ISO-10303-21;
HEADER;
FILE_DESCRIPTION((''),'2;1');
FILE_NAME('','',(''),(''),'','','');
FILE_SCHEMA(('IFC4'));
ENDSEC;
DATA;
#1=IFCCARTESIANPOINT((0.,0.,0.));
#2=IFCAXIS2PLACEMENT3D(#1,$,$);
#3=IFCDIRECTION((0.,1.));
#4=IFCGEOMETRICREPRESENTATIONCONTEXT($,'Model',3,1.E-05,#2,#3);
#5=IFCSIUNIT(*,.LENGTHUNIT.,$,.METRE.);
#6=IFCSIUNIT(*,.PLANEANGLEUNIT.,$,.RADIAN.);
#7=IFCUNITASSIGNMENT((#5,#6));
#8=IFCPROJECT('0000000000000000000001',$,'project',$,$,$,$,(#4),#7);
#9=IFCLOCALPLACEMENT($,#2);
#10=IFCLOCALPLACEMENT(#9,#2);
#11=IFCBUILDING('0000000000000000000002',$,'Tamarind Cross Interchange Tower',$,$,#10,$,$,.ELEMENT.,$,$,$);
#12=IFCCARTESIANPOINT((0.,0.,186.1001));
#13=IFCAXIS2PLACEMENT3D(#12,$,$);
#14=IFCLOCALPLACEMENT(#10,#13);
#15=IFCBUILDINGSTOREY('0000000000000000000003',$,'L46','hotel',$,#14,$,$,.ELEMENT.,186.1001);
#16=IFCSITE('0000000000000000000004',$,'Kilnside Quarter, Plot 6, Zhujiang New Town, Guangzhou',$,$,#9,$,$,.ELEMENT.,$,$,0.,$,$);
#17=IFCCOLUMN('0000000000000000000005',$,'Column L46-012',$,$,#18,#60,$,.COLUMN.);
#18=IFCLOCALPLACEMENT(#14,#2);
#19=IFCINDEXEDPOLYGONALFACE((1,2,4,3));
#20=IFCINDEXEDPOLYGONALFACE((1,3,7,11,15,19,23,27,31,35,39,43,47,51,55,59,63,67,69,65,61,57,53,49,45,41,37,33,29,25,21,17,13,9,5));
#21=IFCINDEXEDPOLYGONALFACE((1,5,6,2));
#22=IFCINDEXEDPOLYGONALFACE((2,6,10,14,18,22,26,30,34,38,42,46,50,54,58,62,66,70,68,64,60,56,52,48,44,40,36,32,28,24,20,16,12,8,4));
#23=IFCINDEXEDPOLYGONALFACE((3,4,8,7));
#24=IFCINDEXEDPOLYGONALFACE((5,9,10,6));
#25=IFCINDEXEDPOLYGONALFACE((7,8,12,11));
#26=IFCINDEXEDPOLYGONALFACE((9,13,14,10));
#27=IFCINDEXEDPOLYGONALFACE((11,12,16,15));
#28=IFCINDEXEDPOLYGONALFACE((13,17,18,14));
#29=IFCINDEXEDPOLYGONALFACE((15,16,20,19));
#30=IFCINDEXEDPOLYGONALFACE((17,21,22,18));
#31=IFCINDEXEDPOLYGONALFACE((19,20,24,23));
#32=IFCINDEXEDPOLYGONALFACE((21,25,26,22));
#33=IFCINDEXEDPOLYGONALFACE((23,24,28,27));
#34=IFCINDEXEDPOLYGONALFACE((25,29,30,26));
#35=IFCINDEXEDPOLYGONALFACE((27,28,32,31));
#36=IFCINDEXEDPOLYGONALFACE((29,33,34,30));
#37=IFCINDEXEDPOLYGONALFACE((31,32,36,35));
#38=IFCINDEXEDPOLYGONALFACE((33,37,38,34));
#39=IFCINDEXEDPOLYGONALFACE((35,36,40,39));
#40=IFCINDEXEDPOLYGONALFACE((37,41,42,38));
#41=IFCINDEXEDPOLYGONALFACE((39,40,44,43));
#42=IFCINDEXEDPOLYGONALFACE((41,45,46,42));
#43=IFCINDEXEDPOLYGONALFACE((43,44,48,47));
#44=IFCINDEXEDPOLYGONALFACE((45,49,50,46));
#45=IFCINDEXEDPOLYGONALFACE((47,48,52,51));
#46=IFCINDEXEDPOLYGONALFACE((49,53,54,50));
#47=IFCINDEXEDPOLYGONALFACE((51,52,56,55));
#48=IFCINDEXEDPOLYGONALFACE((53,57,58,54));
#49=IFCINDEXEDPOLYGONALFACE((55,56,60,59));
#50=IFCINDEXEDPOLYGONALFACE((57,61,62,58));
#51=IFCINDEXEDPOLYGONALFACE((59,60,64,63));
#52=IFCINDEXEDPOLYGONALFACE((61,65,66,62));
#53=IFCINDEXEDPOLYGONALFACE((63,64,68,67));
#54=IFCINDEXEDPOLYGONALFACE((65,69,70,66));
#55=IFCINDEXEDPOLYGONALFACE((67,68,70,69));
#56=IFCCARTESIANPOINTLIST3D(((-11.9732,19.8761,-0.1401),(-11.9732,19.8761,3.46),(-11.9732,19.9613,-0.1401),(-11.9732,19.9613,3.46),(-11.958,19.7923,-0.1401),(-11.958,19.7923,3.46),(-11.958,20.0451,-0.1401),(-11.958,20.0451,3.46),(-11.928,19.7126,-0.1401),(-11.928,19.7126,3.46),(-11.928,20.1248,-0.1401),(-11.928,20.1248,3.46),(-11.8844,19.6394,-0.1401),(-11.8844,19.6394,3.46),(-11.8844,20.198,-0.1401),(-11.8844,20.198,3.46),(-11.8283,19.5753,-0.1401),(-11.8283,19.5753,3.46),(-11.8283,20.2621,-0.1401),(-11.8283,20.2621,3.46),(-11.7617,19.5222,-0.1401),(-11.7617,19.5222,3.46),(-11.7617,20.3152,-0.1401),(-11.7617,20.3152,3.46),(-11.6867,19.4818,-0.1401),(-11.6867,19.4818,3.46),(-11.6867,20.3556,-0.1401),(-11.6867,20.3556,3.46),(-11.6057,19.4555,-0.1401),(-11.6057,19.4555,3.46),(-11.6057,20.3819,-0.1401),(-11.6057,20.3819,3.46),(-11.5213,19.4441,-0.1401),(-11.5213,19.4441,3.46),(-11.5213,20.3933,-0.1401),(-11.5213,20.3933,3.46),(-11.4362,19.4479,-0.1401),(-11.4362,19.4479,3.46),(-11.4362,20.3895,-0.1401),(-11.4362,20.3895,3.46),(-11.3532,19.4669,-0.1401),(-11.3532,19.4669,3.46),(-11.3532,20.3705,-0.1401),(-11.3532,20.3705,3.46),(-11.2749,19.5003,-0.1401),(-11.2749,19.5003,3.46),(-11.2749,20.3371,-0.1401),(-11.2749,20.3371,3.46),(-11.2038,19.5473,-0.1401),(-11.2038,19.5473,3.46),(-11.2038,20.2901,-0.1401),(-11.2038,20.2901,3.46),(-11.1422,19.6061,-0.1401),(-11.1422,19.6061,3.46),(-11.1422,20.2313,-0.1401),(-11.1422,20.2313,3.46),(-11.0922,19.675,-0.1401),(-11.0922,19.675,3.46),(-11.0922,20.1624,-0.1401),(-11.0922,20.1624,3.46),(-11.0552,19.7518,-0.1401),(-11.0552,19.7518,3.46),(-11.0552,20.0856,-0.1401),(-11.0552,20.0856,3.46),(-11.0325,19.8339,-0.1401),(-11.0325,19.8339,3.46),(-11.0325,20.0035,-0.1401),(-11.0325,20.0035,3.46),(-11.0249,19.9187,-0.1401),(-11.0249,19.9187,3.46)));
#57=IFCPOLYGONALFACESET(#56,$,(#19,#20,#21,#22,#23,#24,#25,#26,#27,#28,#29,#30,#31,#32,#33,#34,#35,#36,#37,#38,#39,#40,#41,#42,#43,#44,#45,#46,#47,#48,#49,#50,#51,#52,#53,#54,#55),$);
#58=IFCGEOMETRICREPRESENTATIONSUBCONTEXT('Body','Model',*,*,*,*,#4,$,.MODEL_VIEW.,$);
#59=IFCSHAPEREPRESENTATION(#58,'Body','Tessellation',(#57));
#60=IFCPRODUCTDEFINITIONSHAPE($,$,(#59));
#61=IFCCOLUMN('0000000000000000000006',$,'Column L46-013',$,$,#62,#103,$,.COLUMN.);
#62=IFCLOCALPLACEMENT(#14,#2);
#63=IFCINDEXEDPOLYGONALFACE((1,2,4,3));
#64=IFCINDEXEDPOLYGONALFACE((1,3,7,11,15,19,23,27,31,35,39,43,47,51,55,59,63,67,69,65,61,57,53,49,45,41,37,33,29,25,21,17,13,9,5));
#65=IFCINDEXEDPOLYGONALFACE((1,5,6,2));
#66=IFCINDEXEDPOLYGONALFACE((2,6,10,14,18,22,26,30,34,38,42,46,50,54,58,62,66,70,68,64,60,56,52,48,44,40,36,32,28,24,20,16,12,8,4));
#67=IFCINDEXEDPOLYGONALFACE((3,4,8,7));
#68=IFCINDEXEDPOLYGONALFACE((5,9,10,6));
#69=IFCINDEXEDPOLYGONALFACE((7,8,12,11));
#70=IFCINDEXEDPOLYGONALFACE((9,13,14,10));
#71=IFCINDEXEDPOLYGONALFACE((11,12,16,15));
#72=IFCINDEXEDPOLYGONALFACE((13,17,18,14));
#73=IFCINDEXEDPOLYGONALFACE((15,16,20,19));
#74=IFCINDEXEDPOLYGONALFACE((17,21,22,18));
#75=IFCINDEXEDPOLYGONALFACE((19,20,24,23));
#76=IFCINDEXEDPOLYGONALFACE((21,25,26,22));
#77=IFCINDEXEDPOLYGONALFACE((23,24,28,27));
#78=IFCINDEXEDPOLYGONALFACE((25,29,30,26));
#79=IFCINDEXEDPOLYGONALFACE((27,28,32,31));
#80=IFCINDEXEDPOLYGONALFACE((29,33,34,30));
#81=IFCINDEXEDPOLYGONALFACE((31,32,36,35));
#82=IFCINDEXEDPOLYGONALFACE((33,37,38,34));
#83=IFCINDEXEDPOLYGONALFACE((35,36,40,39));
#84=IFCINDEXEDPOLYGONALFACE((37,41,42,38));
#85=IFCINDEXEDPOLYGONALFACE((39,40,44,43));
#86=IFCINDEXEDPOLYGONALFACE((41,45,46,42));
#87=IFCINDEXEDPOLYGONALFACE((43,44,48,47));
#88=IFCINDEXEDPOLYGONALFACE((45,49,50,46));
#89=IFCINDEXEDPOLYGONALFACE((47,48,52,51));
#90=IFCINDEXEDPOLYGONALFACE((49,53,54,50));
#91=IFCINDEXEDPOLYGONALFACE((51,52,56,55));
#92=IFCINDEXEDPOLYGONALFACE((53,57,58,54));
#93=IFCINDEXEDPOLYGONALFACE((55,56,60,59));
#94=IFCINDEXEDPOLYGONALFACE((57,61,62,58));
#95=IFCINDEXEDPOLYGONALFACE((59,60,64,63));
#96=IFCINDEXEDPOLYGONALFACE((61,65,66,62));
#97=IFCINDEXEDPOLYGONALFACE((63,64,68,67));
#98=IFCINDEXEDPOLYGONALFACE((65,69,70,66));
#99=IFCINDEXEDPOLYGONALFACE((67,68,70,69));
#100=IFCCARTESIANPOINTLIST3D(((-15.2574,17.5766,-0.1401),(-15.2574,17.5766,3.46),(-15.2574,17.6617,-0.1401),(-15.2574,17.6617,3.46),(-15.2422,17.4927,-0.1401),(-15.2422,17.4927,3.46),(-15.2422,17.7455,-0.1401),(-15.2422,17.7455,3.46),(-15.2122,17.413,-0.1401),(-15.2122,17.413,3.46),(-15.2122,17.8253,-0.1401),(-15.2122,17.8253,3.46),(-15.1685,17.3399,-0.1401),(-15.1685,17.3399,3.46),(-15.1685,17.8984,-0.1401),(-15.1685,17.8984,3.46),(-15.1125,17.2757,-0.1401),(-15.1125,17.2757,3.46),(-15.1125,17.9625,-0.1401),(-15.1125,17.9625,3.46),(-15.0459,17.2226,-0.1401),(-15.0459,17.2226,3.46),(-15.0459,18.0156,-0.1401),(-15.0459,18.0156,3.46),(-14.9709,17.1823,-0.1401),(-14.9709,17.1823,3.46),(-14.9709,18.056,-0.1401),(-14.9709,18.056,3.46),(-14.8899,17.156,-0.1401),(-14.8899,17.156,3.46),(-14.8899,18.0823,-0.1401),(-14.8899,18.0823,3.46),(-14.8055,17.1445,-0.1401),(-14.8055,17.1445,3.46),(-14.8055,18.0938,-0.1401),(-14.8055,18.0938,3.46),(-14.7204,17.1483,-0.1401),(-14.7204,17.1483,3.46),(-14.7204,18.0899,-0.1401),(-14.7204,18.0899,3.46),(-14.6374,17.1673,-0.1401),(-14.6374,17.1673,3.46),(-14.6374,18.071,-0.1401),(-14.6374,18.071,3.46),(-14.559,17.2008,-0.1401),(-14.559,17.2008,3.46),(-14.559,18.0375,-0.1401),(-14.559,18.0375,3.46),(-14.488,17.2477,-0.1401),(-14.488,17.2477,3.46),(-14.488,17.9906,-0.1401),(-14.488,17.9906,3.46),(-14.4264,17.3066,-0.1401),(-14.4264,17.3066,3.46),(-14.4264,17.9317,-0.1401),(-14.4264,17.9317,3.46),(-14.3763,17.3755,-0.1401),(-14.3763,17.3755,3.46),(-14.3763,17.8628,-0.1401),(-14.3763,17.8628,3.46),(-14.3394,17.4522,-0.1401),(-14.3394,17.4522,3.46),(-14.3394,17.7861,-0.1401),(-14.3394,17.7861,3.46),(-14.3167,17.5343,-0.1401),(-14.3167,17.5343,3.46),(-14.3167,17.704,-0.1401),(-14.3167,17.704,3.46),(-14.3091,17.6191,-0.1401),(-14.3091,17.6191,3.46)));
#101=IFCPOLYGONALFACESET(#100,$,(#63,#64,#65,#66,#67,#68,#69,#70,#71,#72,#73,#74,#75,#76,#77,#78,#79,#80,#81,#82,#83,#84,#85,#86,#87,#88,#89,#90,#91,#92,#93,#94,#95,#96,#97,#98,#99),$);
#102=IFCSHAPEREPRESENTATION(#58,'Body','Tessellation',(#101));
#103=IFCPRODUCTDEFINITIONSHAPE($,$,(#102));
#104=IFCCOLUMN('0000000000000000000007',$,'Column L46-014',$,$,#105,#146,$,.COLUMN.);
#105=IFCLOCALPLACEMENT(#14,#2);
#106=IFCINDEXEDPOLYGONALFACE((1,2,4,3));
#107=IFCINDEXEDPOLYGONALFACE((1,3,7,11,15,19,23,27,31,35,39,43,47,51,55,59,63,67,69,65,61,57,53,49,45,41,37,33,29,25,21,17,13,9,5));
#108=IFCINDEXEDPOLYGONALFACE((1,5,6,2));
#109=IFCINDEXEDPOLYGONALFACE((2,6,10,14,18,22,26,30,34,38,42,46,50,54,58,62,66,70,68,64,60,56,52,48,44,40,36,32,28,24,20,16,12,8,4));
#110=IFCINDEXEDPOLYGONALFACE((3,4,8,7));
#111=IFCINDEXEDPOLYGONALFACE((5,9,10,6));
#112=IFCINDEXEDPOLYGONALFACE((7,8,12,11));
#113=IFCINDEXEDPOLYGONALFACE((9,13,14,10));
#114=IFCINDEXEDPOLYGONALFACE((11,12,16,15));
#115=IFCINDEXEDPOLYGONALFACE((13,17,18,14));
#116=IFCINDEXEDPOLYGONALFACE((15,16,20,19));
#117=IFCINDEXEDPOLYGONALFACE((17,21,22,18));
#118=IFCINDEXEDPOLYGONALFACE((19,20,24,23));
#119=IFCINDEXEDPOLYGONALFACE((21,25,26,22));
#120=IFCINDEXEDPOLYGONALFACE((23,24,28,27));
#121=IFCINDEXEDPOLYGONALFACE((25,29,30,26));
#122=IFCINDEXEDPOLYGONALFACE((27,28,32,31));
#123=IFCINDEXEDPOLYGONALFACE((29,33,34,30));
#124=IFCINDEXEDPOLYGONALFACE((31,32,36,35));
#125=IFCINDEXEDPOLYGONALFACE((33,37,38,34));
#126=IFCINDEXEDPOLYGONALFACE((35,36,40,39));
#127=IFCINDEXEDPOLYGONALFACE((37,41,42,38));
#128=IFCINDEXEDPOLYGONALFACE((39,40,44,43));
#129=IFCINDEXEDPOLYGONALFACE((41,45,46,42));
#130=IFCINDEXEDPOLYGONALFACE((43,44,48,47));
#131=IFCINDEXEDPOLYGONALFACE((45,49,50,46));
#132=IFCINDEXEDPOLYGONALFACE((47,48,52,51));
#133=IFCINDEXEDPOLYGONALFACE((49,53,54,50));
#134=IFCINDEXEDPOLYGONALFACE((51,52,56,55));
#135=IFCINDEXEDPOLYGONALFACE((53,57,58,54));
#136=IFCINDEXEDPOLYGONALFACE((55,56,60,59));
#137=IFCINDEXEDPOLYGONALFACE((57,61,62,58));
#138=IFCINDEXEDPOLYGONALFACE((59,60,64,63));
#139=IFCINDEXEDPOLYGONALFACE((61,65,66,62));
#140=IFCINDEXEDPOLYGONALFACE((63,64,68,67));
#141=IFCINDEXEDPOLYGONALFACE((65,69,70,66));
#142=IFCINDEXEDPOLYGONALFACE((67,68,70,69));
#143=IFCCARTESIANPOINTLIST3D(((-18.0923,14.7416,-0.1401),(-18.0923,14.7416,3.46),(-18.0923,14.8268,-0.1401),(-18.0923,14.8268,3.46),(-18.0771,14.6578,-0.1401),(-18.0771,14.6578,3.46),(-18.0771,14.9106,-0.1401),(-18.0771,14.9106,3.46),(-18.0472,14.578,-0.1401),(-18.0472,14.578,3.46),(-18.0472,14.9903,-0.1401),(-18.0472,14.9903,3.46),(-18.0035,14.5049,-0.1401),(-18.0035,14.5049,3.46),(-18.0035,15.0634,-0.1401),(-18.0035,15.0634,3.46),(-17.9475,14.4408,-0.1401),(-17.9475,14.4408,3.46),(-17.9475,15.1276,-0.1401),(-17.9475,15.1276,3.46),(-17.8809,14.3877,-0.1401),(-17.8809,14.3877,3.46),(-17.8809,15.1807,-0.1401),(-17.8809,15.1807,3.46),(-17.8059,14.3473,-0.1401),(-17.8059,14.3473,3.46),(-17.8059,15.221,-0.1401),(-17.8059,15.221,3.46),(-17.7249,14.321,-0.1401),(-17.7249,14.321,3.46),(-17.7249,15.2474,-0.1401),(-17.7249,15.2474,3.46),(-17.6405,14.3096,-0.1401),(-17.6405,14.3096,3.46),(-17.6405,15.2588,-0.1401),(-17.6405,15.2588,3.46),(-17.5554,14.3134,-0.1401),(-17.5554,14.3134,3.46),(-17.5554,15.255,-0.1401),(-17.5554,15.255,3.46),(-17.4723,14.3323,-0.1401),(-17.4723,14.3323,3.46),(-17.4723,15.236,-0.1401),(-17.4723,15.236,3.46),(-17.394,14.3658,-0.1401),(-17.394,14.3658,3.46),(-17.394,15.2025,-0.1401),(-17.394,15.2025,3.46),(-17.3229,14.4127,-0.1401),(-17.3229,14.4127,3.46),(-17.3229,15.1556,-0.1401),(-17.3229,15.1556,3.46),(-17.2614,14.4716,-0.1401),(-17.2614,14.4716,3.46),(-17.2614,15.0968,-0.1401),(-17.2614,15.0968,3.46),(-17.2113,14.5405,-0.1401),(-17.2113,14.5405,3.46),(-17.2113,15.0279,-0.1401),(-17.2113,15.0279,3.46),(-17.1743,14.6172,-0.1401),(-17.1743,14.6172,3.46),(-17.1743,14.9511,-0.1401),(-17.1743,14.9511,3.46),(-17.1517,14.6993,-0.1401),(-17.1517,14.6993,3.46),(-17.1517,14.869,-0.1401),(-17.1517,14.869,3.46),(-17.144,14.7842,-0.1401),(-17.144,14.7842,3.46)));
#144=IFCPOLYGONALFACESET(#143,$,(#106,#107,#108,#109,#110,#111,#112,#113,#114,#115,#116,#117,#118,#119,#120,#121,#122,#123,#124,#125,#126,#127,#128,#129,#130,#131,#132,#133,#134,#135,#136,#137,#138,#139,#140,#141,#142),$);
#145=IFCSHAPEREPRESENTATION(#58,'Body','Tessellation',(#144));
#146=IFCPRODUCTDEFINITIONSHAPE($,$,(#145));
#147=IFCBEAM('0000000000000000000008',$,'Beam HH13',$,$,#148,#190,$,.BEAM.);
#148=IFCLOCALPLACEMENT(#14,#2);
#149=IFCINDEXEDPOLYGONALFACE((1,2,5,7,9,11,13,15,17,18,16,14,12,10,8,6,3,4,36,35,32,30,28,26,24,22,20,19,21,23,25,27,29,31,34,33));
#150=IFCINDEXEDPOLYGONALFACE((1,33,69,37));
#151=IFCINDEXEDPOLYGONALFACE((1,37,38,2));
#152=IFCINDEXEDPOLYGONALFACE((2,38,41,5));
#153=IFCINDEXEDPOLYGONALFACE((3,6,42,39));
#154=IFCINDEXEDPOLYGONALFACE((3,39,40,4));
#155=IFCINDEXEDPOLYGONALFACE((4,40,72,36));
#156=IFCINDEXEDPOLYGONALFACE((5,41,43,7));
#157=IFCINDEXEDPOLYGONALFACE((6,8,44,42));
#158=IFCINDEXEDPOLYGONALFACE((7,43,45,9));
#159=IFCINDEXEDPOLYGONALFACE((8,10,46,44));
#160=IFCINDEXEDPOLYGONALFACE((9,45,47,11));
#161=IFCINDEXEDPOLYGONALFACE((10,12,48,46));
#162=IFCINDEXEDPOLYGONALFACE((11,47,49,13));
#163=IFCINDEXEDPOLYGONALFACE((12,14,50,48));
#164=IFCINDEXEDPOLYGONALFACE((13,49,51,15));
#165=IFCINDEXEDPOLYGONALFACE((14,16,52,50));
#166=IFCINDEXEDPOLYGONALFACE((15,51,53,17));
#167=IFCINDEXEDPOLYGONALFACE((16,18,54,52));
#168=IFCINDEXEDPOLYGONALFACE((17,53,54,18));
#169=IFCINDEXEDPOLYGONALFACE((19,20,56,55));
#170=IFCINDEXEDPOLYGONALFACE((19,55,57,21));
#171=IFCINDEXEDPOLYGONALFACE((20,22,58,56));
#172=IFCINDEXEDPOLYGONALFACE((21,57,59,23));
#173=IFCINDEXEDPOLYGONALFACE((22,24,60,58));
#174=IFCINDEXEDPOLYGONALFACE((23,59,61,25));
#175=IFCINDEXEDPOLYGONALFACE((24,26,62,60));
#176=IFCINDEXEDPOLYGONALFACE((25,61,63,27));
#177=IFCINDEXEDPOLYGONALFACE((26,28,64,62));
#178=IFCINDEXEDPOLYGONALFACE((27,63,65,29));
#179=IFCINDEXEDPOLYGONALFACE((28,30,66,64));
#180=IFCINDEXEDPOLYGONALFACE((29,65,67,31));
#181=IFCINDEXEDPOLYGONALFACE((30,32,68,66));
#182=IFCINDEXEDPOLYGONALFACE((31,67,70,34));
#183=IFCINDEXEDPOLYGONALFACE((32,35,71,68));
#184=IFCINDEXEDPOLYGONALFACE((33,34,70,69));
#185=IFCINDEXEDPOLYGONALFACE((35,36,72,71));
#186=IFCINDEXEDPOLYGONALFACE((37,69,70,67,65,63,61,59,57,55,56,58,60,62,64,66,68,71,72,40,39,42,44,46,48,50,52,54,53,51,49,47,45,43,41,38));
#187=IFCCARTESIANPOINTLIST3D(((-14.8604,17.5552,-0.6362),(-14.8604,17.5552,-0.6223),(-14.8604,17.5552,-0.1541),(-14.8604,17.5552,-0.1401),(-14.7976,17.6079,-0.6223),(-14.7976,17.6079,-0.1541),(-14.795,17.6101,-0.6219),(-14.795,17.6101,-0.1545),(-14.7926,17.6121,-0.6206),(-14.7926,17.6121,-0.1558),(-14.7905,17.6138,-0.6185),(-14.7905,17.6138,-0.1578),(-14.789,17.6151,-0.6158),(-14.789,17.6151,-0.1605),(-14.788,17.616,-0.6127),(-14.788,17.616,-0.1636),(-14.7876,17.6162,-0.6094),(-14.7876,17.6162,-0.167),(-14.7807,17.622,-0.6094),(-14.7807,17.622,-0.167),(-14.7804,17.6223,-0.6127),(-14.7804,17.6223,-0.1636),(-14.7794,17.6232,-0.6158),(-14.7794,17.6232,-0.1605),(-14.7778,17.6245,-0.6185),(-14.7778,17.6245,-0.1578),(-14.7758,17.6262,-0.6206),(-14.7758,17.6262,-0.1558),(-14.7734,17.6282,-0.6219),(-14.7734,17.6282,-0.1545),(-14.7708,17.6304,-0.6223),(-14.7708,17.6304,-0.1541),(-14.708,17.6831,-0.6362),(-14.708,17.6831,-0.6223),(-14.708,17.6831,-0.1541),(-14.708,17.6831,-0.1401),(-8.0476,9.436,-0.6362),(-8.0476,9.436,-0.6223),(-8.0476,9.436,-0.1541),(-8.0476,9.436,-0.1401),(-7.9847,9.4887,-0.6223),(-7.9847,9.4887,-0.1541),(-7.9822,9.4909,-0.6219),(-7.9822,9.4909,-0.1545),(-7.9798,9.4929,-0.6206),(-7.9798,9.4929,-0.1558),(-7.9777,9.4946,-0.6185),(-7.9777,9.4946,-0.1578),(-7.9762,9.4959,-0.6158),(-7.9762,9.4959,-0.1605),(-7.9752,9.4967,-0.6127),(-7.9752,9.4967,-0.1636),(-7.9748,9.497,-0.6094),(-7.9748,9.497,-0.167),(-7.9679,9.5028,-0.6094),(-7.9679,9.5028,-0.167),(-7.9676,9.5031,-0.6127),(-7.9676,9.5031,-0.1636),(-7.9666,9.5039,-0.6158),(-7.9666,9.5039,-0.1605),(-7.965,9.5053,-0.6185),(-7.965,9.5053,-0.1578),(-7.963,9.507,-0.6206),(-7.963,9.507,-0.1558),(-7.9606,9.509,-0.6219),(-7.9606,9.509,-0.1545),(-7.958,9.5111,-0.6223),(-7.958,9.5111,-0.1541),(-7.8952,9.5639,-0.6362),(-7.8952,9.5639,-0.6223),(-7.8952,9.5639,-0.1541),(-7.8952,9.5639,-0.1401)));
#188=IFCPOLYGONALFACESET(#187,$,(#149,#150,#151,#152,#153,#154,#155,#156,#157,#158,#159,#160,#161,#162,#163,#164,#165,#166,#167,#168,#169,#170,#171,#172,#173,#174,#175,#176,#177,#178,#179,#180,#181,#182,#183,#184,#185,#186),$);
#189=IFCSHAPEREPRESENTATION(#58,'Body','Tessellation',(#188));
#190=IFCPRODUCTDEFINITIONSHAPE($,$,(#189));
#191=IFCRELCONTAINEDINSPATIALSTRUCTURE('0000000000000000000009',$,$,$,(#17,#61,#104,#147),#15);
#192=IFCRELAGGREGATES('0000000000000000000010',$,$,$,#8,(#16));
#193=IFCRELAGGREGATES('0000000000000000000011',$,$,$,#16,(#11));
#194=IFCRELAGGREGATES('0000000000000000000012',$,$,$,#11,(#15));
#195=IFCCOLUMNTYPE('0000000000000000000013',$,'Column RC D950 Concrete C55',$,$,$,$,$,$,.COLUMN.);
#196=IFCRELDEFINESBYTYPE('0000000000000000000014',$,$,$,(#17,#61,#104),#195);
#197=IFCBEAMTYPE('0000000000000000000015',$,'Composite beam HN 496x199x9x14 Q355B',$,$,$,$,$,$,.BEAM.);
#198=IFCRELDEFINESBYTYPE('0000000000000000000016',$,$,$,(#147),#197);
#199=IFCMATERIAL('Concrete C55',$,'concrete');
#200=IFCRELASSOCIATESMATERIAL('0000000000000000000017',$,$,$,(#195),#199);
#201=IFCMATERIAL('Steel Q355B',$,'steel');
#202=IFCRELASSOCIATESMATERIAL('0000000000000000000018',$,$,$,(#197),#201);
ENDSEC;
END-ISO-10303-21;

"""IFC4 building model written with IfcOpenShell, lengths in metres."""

from ifc_helpers import new_model, si_unit, direction, frame, origin, origin_2d, place, context, subcontext, project, spatial, circle, i_section, extrude, material, material_profile, profile_set, type_object, element, save


model = new_model("IFC4")

# Units and contexts
model_context = context("Model", 3, precision=1e-05, world=origin(), true_north=direction((0.0, 1.0)))
body_context = subcontext(model_context, "Body", "Model", "MODEL_VIEW")
ifc_project = project(units=[si_unit("LENGTHUNIT", "METRE"), si_unit("PLANEANGLEUNIT", "RADIAN")], contexts=[model_context])

# Site, building, storey
site_placement = place(None, origin())
site = spatial("IfcSite", under=ifc_project, at=site_placement, Name="Kilnside Quarter, Plot 6, Zhujiang New Town, Guangzhou", CompositionType="ELEMENT", RefElevation=0.0)
building_placement = place(site_placement, origin())
building = spatial("IfcBuilding", under=site, at=building_placement, Name="Tamarind Cross Interchange Tower", CompositionType="ELEMENT")
storey_placement = place(building_placement, frame((0.0, 0.0, 186.1001)))
storey = spatial("IfcBuildingStorey", under=building, at=storey_placement, Name="L46", Description="hotel", CompositionType="ELEMENT", Elevation=186.1001)

# Columns
ifc_material_1 = material(Name="Concrete C55", Category="concrete")
ifc_material_profile_1 = material_profile(ifc_material_1, circle(Radius=0.4751, at=origin_2d()), Name="RC D950")
ifc_profile_set_1 = profile_set([ifc_material_profile_1], Name="Concrete C55")
column_type = type_object("IfcColumnType", Name="Column RC D950 Concrete C55", PredefinedType="COLUMN", material=ifc_profile_set_1)
for number, where, z_axis, x_axis, name in (
    (1, (-11.5, 19.9187, -0.1401), (0.0, 0.0, 1.0), (1.0, 0.0, 0.0), "Column L46-012"),
    (2, (-14.7842, 17.6191, -0.1401), (0.0, 0.0, 1.0), (1.0, 0.0, 0.0), "Column L46-013"),
    (3, (-17.6191, 14.7842, -0.1401), (0.0, 0.0, 1.0), (1.0, 0.0, 0.0), "Column L46-014"),
):
    element("IfcColumn", number, at=place(storey_placement, frame(where, z_axis=z_axis, x_axis=x_axis)), inside=storey, type_object=column_type, Name=name, PredefinedType="COLUMN", context=body_context, shape_type="SweptSolid", body=[
        extrude(circle(Radius=0.4751, at=origin_2d()), origin(), (0.0, 0.0, 1.0), 3.6001),
    ])

# Beam
ifc_material_2 = material(Name="Steel Q355B", Category="steel")
ifc_material_profile_2 = material_profile(ifc_material_2, i_section(OverallWidth=0.199, OverallDepth=0.4961, WebThickness=0.009, FlangeThickness=0.0139, FilletRadius=0.0129, at=origin_2d()), Name="HN 496x199x9x14")
ifc_profile_set_2 = profile_set([ifc_material_profile_2], Name="Steel Q355B")
beam_type = type_object("IfcBeamType", Name="Composite beam HN 496x199x9x14 Q355B", PredefinedType="BEAM", material=ifc_profile_set_2)
beam_1_placement = place(storey_placement, frame((-14.7842, 17.6191, -0.3882), z_axis=(0.642786, -0.766046, 0.0), x_axis=(0.766046, 0.642786, 0.0)))
element("IfcBeam", 4, at=beam_1_placement, inside=storey, type_object=beam_type, Name="Beam HH13", PredefinedType="BEAM", context=body_context, shape_type="SweptSolid", body=[
    extrude(i_section(OverallWidth=0.199, OverallDepth=0.4961, WebThickness=0.009, FlangeThickness=0.0139, FilletRadius=0.0129, at=origin_2d()), origin(), (0.0, 0.0, 1.0), 10.5989),
])

save(model, "model.ifc")
